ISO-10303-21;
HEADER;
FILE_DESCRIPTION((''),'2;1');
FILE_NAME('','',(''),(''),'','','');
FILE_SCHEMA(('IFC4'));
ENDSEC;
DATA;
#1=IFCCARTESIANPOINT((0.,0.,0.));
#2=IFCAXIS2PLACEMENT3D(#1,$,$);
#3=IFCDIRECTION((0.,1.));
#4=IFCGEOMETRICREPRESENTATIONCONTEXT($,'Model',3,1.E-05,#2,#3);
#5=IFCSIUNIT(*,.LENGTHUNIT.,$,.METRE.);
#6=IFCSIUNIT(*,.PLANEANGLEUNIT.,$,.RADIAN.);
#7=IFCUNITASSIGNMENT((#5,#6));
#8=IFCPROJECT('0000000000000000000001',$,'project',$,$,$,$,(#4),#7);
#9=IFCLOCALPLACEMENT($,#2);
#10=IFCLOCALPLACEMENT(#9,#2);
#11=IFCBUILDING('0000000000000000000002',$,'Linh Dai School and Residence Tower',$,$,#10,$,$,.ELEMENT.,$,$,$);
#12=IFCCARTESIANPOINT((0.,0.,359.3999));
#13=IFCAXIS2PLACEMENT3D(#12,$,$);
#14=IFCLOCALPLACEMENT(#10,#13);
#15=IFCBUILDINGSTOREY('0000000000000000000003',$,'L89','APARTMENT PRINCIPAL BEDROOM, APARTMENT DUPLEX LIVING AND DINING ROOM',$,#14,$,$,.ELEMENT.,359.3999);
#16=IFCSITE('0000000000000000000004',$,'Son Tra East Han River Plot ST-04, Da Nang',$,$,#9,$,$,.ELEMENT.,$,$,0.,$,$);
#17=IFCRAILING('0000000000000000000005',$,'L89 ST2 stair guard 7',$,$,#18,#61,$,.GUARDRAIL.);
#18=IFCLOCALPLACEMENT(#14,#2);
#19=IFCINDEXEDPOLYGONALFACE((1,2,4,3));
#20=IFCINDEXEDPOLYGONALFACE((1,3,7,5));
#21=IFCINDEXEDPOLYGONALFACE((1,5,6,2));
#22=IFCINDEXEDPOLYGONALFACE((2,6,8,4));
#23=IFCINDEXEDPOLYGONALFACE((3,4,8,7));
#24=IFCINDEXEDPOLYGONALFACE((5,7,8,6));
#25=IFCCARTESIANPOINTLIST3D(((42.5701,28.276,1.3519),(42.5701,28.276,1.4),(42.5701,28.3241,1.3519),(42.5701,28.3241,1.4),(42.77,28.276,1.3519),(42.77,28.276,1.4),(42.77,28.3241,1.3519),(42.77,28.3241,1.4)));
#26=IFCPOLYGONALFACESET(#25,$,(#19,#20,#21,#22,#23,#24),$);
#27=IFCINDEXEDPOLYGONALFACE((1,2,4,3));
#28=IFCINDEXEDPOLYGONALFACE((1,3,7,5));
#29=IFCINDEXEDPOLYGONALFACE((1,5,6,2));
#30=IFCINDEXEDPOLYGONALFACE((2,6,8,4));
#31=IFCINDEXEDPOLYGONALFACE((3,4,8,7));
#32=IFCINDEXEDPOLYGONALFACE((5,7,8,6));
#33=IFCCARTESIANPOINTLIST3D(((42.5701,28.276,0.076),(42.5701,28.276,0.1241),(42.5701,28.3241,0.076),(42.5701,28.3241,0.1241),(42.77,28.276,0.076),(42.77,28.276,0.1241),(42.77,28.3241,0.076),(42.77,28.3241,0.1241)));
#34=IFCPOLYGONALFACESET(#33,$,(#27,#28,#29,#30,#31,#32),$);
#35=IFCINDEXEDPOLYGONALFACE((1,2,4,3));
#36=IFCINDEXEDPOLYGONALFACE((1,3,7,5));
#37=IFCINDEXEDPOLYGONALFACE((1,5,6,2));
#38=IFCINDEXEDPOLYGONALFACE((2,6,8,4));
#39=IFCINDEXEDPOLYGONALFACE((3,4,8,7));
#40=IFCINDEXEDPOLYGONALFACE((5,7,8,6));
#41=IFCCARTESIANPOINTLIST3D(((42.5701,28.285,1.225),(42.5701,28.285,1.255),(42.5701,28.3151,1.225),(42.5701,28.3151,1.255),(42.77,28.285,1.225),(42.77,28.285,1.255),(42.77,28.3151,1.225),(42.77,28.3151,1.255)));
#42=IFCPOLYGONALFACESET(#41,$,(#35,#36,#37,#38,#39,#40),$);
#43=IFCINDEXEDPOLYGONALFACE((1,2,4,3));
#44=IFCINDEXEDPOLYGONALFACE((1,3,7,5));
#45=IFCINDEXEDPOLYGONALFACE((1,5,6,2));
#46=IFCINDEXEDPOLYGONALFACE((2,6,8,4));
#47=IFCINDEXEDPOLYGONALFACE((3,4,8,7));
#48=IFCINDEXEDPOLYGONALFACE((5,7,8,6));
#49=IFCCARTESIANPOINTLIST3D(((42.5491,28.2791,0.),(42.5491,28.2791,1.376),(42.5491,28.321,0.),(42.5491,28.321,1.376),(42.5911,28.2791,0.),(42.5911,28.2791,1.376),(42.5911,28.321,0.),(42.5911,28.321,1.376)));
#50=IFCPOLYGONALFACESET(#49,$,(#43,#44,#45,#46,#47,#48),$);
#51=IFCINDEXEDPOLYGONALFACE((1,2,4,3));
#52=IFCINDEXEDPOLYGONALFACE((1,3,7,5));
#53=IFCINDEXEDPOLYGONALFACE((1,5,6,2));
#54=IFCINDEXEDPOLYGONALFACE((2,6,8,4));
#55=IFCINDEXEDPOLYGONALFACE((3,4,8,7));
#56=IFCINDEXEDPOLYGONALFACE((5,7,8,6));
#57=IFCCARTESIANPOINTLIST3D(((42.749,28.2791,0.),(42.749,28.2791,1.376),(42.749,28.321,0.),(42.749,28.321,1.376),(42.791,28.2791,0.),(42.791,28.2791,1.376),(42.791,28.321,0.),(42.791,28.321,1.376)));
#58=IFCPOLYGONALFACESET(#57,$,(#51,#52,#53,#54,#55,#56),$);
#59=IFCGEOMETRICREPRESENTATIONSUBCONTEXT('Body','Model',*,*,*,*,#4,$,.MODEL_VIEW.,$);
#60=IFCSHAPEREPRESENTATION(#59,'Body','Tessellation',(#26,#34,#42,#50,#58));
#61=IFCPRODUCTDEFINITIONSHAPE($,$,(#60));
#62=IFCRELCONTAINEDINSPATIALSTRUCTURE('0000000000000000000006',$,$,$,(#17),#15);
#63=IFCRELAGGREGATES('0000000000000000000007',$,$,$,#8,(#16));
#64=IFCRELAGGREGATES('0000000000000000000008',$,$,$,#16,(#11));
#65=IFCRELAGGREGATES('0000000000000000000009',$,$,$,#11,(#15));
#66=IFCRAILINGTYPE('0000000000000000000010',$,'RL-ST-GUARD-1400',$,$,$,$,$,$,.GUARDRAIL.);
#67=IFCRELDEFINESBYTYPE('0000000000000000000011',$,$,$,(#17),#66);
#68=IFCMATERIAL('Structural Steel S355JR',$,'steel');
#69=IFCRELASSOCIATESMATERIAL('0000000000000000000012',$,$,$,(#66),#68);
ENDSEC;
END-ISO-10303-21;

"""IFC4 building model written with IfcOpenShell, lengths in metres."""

from ifc_helpers import new_model, si_unit, direction, frame, origin, origin_2d, place, context, subcontext, project, spatial, rectangle, extrude, source, transform, mapped, material, type_object, element, save


model = new_model("IFC4")

# Units and contexts
model_context = context("Model", 3, precision=1e-05, world=origin(), true_north=direction((0.0, 1.0)))
body_context = subcontext(model_context, "Body", "Model", "MODEL_VIEW")
ifc_project = project(units=[si_unit("LENGTHUNIT", "METRE"), si_unit("PLANEANGLEUNIT", "RADIAN")], contexts=[model_context])

# Site, building, storey
site_placement = place(None, origin())
site = spatial("IfcSite", under=ifc_project, at=site_placement, Name="Son Tra East Han River Plot ST-04, Da Nang", CompositionType="ELEMENT", RefElevation=0.0)
building_placement = place(site_placement, origin())
building = spatial("IfcBuilding", under=site, at=building_placement, Name="Linh Dai School and Residence Tower", CompositionType="ELEMENT")
storey_placement = place(building_placement, frame((0.0, 0.0, 359.3999)))
storey = spatial("IfcBuildingStorey", under=building, at=storey_placement, Name="L89", Description="APARTMENT PRINCIPAL BEDROOM, APARTMENT DUPLEX LIVING AND DINING ROOM", CompositionType="ELEMENT", Elevation=359.3999)

# Shared definitions
ifc_material_1 = material(Name="Structural Steel S355JR", Category="steel")

# Railing
railing_type_1 = type_object("IfcRailingType", Name="RL-ST-GUARD-1400", PredefinedType="GUARDRAIL", material=ifc_material_1)
shared_shape_1 = source(origin(), body_context, "Body", "SweptSolid", [
    extrude(rectangle(XDim=0.0481, YDim=0.0481, at=origin_2d()), frame((0.0, 0.0, 1.376), z_axis=(1.0, 0.0, 0.0), x_axis=(0.0, 1.0, 0.0)), (0.0, 0.0, 1.0), 0.2),
    extrude(rectangle(XDim=0.0481, YDim=0.0481, at=origin_2d()), frame((0.0, 0.0, 0.1001), z_axis=(1.0, 0.0, 0.0), x_axis=(0.0, 1.0, 0.0)), (0.0, 0.0, 1.0), 0.2),
    extrude(rectangle(XDim=0.03, YDim=0.03, at=origin_2d()), frame((0.0, 0.0, 1.24), z_axis=(1.0, 0.0, 0.0), x_axis=(0.0, 1.0, 0.0)), (0.0, 0.0, 1.0), 0.2),
    extrude(rectangle(XDim=0.042, YDim=0.042, at=origin_2d()), origin(), (0.0, 0.0, 1.0), 1.376),
    extrude(rectangle(XDim=0.042, YDim=0.042, at=origin_2d()), frame((0.2, 0.0, 0.0)), (0.0, 0.0, 1.0), 1.376),
])
railing_1_placement = place(storey_placement, frame((42.5701, 28.3, 0.0)))
element("IfcRailing", 1, at=railing_1_placement, inside=storey, type_object=railing_type_1, Name="L89 ST2 stair guard 7", PredefinedType="GUARDRAIL", context=body_context, shape_type="MappedRepresentation", body=[
    mapped(shared_shape_1, transform((0.0, 0.0, 0.0), x_axis=(1.0, 0.0, 0.0), y_axis=(0.0, 1.0, 0.0), z_axis=(0.0, 0.0, 1.0), scale=1.0)),
])

save(model, "model.ifc")
